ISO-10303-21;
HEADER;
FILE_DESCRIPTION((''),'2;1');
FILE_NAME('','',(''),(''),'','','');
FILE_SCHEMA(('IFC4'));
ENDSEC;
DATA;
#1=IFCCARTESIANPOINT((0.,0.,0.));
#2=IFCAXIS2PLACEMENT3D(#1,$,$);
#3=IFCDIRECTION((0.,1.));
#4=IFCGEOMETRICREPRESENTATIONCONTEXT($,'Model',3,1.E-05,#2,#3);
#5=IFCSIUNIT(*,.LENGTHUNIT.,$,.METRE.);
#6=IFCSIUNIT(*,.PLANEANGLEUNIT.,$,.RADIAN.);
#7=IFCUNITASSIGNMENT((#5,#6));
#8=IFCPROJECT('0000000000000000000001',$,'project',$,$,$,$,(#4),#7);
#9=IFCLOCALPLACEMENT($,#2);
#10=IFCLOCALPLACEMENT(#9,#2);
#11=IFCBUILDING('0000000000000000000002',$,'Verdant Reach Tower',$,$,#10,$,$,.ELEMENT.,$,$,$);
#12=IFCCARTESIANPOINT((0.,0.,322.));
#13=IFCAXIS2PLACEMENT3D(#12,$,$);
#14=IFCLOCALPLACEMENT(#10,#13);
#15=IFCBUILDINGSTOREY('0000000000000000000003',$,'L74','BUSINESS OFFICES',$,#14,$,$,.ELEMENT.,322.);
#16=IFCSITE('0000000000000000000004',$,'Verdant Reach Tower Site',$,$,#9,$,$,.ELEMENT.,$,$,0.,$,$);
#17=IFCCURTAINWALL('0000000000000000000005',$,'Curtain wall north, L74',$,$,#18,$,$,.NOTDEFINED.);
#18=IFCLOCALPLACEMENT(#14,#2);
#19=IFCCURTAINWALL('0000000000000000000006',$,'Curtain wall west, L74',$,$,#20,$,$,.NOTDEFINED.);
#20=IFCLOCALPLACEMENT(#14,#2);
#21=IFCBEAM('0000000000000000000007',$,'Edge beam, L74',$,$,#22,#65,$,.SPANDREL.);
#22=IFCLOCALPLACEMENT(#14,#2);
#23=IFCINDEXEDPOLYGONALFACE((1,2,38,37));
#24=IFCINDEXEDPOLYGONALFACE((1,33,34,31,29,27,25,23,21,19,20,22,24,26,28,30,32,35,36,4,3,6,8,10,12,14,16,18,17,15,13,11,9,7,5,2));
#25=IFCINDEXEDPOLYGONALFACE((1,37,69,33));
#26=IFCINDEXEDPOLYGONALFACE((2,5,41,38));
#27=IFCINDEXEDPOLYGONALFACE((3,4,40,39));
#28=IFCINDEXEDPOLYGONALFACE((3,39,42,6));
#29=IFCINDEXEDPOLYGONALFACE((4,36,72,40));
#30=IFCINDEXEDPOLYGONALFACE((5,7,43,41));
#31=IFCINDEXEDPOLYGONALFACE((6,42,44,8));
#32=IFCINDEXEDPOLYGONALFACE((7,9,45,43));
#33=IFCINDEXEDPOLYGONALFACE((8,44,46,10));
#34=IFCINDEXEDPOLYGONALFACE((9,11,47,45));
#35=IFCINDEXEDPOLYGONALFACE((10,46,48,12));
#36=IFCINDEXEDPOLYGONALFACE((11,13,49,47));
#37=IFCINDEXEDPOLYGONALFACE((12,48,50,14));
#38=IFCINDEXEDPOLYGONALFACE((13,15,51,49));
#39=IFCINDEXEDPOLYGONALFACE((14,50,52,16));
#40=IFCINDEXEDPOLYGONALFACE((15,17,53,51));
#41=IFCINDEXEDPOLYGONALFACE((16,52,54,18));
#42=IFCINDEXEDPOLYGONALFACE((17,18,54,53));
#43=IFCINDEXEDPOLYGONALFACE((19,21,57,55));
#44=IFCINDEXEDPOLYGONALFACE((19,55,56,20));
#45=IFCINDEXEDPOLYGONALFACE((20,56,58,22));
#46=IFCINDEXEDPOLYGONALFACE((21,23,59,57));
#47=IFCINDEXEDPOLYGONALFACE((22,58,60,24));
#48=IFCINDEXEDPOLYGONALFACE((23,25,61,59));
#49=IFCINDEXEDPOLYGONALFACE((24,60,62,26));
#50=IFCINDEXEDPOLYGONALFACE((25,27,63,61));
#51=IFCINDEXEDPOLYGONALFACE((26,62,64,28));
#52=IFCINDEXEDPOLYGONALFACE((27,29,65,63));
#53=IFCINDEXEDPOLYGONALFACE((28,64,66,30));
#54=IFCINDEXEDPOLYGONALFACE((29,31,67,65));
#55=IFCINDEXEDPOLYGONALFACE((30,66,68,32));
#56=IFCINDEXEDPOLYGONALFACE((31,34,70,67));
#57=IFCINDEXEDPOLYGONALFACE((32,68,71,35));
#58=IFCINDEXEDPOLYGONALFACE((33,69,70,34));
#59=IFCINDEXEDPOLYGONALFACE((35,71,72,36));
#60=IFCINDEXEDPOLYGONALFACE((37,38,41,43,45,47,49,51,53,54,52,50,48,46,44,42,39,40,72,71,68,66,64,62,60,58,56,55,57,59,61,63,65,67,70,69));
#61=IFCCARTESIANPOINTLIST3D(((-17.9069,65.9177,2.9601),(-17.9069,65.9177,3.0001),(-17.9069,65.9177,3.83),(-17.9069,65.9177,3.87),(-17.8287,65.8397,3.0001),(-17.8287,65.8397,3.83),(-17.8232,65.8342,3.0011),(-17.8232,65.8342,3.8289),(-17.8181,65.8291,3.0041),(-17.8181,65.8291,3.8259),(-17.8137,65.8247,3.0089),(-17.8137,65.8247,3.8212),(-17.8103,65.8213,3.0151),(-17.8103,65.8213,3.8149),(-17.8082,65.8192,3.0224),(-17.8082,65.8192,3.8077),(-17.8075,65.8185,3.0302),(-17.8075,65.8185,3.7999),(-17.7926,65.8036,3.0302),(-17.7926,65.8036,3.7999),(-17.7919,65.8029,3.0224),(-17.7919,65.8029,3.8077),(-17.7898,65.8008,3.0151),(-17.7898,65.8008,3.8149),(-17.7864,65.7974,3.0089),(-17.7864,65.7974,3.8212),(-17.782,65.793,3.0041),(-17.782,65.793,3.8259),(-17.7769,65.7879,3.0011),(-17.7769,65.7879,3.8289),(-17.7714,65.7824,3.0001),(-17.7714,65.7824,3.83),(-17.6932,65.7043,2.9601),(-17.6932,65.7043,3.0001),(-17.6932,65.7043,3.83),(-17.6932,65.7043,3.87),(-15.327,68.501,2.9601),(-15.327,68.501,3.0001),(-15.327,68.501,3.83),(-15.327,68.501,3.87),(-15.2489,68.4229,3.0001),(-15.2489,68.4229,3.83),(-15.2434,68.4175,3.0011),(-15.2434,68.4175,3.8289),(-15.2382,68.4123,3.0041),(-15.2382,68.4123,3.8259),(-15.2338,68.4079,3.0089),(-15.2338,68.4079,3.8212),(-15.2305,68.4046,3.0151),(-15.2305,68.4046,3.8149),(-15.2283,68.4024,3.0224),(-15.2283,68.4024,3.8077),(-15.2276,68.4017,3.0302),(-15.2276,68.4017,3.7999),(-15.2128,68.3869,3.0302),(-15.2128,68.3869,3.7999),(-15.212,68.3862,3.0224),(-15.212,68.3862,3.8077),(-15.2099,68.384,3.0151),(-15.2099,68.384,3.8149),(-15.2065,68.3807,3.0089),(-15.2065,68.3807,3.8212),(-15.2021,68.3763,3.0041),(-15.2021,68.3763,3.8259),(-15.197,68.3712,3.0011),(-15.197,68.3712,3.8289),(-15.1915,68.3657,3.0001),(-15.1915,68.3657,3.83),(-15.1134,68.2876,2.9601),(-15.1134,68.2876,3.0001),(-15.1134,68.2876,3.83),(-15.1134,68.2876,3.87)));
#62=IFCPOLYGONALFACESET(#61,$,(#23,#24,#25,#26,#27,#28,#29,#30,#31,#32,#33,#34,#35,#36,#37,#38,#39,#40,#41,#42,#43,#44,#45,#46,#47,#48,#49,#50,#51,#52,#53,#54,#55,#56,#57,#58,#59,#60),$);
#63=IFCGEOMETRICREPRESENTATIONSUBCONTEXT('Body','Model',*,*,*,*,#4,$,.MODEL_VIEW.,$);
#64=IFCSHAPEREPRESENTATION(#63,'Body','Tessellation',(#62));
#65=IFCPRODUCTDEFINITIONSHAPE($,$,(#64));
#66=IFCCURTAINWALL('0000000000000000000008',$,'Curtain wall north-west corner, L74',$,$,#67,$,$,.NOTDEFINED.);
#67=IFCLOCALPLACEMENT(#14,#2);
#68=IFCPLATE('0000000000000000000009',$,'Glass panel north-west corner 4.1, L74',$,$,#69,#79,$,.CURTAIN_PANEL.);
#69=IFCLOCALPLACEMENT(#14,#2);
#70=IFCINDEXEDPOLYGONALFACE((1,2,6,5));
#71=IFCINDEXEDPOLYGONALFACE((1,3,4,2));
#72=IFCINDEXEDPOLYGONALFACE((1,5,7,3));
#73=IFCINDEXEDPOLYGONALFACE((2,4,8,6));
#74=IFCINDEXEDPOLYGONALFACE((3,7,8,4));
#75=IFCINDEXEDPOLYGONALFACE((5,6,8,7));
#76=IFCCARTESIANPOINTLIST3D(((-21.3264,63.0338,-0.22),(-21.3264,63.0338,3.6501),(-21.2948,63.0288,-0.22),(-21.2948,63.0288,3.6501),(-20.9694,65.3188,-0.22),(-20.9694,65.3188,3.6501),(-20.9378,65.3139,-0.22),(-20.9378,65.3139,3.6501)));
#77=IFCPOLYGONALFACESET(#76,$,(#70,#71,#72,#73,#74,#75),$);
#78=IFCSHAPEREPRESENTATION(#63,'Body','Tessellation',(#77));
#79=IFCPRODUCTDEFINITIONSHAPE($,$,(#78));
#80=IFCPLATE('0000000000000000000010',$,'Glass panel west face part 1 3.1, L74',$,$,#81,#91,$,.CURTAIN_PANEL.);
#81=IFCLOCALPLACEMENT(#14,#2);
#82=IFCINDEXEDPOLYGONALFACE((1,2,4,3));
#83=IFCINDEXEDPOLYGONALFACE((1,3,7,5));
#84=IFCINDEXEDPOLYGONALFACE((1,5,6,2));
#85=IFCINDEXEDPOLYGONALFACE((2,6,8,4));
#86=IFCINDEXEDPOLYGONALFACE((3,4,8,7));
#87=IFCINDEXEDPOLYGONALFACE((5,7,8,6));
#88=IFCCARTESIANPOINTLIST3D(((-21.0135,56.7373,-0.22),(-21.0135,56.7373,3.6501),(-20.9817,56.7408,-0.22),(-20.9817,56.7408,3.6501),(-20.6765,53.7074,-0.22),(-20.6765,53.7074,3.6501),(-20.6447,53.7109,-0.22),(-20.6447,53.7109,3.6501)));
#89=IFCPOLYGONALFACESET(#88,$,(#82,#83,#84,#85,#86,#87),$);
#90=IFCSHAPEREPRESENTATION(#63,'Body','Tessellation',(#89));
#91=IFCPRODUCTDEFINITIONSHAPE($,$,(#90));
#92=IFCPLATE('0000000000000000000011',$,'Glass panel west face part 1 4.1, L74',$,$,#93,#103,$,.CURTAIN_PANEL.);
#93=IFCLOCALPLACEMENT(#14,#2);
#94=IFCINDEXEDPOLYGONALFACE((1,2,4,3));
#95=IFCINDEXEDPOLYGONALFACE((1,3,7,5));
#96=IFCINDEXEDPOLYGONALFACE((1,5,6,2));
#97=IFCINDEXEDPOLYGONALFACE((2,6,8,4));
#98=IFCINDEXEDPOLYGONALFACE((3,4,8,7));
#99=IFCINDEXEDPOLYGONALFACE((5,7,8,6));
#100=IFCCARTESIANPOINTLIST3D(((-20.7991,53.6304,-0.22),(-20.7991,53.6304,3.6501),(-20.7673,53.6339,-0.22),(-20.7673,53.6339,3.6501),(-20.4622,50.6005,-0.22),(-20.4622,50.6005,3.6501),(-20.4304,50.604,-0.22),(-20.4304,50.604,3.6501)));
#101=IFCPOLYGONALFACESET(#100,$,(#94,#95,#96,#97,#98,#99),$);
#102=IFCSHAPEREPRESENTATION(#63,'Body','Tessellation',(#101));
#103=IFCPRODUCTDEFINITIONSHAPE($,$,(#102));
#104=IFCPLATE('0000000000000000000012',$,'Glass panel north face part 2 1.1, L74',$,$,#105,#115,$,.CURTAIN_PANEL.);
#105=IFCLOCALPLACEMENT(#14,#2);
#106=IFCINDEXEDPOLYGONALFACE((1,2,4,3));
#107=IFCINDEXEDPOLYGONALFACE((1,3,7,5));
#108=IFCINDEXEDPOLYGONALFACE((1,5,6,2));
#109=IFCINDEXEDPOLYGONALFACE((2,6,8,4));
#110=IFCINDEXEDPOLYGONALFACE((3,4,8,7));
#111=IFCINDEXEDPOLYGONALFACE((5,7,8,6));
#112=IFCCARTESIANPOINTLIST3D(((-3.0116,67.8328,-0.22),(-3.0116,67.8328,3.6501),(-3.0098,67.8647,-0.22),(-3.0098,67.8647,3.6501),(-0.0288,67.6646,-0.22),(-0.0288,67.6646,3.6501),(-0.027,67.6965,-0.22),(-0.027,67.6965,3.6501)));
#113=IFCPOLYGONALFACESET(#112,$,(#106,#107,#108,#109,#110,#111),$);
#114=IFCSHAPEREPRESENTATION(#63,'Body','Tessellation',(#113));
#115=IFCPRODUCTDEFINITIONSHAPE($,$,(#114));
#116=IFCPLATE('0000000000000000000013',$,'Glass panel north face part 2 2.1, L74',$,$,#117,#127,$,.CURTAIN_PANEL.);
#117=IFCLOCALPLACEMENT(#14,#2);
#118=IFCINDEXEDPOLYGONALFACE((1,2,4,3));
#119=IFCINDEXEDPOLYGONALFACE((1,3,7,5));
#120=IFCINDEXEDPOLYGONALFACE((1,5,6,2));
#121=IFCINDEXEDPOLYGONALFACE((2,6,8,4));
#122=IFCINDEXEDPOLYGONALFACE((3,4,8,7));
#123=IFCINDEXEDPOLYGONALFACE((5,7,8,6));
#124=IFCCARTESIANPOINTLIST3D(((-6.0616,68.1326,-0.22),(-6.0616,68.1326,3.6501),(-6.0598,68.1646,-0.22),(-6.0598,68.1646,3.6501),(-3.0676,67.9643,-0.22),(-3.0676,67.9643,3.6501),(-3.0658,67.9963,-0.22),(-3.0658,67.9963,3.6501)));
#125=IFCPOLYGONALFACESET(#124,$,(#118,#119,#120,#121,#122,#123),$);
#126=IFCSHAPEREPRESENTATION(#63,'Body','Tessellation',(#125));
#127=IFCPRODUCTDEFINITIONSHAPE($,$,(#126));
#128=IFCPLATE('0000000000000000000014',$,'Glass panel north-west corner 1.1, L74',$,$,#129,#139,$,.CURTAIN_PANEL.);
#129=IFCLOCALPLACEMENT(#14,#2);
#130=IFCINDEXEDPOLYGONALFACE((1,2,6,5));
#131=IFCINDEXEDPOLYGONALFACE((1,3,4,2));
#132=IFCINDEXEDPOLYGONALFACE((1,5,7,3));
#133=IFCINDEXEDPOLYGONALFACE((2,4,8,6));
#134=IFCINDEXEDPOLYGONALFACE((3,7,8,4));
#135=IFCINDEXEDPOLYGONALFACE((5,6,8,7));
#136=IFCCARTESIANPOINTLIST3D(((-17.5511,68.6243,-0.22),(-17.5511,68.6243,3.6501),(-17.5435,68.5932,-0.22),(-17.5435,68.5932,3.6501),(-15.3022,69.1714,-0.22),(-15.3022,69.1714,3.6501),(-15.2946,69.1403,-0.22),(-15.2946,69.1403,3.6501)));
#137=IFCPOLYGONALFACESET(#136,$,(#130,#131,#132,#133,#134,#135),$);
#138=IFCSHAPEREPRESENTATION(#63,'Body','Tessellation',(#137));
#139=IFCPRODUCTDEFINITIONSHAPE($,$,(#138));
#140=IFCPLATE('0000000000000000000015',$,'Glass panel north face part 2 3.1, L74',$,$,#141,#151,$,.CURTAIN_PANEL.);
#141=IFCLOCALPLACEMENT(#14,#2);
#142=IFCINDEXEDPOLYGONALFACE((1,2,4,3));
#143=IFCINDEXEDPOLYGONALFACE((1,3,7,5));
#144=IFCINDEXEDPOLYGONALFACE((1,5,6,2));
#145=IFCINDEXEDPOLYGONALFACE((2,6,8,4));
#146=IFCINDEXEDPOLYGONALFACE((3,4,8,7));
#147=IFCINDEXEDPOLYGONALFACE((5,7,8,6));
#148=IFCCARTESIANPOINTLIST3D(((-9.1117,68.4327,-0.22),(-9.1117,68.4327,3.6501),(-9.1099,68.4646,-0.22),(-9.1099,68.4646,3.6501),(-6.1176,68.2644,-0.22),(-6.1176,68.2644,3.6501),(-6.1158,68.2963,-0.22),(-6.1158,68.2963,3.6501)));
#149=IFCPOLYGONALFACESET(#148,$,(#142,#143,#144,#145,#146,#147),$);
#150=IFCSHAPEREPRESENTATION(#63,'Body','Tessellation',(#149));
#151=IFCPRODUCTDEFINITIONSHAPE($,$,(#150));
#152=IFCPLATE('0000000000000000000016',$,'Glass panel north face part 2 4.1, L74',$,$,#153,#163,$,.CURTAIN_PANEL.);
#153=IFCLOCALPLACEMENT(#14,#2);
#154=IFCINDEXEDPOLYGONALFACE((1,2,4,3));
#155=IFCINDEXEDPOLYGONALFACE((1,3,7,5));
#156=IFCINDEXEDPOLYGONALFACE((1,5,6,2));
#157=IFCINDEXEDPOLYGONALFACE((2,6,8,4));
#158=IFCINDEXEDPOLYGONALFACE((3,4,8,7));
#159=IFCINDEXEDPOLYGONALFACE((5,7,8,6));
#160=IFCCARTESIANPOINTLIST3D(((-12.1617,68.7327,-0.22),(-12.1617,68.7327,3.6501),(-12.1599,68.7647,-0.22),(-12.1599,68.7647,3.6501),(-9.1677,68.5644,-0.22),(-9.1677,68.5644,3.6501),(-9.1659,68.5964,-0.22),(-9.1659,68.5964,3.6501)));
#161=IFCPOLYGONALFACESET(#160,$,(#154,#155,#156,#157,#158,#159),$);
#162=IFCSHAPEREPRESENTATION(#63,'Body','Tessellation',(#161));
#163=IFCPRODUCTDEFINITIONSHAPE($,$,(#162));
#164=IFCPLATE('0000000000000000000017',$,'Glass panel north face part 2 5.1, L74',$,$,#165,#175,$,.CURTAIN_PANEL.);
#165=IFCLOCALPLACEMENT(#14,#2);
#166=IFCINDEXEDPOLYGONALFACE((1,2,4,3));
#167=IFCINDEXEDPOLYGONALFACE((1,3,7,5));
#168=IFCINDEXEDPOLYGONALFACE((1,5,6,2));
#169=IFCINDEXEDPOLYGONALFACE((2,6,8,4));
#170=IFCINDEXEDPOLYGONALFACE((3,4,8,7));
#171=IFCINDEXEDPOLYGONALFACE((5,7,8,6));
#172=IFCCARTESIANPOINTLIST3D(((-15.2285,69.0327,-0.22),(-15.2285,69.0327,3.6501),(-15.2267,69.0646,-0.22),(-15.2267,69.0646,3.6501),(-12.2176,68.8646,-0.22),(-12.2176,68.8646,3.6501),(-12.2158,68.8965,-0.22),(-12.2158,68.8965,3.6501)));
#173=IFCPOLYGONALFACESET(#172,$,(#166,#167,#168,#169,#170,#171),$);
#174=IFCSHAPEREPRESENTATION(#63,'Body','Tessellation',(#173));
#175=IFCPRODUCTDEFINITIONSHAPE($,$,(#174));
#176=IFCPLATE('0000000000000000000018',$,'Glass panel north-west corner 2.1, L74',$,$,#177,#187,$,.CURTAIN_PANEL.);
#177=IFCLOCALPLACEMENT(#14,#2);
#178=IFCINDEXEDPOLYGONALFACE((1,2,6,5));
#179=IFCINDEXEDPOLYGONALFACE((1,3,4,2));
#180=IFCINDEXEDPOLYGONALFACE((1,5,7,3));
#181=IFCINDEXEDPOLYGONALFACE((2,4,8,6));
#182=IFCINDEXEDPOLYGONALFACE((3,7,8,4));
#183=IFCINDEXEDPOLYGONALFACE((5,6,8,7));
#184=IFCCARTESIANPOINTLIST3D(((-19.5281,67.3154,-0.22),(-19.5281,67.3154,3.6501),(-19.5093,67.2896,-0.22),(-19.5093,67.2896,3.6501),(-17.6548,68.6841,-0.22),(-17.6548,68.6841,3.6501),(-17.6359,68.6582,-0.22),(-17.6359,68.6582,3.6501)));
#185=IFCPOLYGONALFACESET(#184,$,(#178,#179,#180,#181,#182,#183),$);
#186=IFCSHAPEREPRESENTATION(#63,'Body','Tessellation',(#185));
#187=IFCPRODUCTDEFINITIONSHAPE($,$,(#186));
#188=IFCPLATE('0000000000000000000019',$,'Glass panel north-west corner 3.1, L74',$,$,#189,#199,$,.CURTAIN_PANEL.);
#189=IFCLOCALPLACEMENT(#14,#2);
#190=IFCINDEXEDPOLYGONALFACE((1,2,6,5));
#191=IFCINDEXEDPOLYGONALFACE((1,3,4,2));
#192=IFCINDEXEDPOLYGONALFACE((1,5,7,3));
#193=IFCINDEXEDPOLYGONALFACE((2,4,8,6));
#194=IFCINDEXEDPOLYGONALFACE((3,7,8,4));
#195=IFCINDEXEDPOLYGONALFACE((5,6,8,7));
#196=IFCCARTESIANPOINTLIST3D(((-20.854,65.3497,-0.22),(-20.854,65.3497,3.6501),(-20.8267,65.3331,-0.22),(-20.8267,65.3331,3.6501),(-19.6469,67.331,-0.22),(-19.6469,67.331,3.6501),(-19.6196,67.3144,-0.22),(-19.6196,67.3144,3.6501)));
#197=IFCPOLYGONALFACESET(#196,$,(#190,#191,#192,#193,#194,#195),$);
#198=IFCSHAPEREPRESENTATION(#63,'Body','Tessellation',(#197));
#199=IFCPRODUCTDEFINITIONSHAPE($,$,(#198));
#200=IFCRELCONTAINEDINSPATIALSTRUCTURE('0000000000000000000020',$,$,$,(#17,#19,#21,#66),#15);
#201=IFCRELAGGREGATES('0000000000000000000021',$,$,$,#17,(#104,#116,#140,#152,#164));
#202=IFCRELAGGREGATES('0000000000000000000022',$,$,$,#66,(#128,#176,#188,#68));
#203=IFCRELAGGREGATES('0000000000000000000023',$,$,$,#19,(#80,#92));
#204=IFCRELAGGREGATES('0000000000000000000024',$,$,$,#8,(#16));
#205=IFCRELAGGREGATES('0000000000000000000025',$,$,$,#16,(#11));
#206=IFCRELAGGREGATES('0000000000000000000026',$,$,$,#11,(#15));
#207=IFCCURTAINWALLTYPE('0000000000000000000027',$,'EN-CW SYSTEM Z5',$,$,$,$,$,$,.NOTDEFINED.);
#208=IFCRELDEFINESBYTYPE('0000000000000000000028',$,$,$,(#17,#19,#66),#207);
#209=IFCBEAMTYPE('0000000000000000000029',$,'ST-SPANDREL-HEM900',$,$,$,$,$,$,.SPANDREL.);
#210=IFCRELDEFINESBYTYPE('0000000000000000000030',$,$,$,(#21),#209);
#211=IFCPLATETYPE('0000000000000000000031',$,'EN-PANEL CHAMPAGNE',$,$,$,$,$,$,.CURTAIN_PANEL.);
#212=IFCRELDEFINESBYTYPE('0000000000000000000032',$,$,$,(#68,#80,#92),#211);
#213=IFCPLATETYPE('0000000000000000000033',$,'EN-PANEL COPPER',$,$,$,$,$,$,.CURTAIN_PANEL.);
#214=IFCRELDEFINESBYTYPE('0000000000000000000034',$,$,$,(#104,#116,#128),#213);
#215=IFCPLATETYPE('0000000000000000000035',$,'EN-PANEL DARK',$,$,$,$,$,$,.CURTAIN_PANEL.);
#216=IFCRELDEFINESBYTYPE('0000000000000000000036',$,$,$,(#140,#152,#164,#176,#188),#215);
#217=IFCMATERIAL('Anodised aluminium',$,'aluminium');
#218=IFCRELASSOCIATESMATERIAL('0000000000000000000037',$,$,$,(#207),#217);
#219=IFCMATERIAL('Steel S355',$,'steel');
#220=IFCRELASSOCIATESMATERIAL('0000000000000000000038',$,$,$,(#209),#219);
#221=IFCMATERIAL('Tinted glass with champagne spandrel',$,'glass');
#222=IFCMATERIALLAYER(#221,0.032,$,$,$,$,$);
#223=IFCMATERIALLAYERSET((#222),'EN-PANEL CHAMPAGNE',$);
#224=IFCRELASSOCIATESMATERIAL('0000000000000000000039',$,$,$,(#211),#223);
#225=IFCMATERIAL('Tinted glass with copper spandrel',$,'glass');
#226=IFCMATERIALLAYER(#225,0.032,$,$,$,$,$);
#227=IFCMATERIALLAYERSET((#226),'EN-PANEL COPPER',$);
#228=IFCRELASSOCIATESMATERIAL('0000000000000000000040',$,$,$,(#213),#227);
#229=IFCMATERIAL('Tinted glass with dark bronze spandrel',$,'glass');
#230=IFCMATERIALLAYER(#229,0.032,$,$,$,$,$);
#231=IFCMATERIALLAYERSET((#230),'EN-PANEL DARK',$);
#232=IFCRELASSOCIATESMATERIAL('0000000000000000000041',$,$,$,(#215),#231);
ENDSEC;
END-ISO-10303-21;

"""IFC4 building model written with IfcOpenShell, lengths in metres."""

from ifc_helpers import new_model, si_unit, direction, frame, origin, origin_2d, place, context, subcontext, project, spatial, rectangle, i_section, extrude, material, layer, layer_set, material_profile, profile_set, type_object, element, aggregate, save


model = new_model("IFC4")

# Units and contexts
model_context = context("Model", 3, precision=1e-05, world=origin(), true_north=direction((0.0, 1.0)))
body_context = subcontext(model_context, "Body", "Model", "MODEL_VIEW")
ifc_project = project(units=[si_unit("LENGTHUNIT", "METRE"), si_unit("PLANEANGLEUNIT", "RADIAN")], contexts=[model_context])

# Site, building, storey
site_placement = place(None, origin())
site = spatial("IfcSite", under=ifc_project, at=site_placement, Name="Verdant Reach Tower Site", CompositionType="ELEMENT", RefElevation=0.0)
building_placement = place(site_placement, origin())
building = spatial("IfcBuilding", under=site, at=building_placement, Name="Verdant Reach Tower", CompositionType="ELEMENT")
storey_placement = place(building_placement, frame((0.0, 0.0, 322.0)))
storey = spatial("IfcBuildingStorey", under=building, at=storey_placement, Name="L74", Description="BUSINESS OFFICES", CompositionType="ELEMENT", Elevation=322.0)

# Curtain walls
ifc_material_1 = material(Name="Anodised aluminium", Category="aluminium")
curtain_wall_type = type_object("IfcCurtainWallType", Name="EN-CW SYSTEM Z5", PredefinedType="NOTDEFINED", material=ifc_material_1)
curtain_wall_1_placement = place(storey_placement, origin())
curtain_wall_1 = element("IfcCurtainWall", 1, at=curtain_wall_1_placement, inside=storey, type_object=curtain_wall_type, Name="Curtain wall north, L74", PredefinedType="NOTDEFINED")
curtain_wall_2_placement = place(storey_placement, origin())
curtain_wall_2 = element("IfcCurtainWall", 2, at=curtain_wall_2_placement, inside=storey, type_object=curtain_wall_type, Name="Curtain wall west, L74", PredefinedType="NOTDEFINED")

# Beam
ifc_material_2 = material(Name="Steel S355", Category="steel")
ifc_material_profile_1 = material_profile(ifc_material_2, i_section(OverallWidth=0.302, OverallDepth=0.9099, WebThickness=0.021, FlangeThickness=0.04, FilletRadius=0.03, at=origin_2d()), Name="HEM 900")
ifc_profile_set_1 = profile_set([ifc_material_profile_1], Name="Steel S355")
beam_type_1 = type_object("IfcBeamType", Name="ST-SPANDREL-HEM900", PredefinedType="SPANDREL", material=ifc_profile_set_1)
beam_1_placement = place(storey_placement, frame((-17.8, 65.811, 3.415), z_axis=(0.706639, 0.707575, 0.0), x_axis=(-0.707575, 0.706639, 0.0)))
element("IfcBeam", 3, at=beam_1_placement, inside=storey, type_object=beam_type_1, Name="Edge beam, L74", PredefinedType="SPANDREL", context=body_context, shape_type="SweptSolid", body=[
    extrude(i_section(OverallWidth=0.302, OverallDepth=0.9099, WebThickness=0.021, FlangeThickness=0.04, FilletRadius=0.03, at=origin_2d()), origin(), (0.0, 0.0, 1.0), 3.6509),
])

# Curtain wall, plate
curtain_wall_3_placement = place(storey_placement, origin())
curtain_wall_3 = element("IfcCurtainWall", 4, at=curtain_wall_3_placement, inside=storey, type_object=curtain_wall_type, Name="Curtain wall north-west corner, L74", PredefinedType="NOTDEFINED")
ifc_material_3 = material(Name="Tinted glass with champagne spandrel", Category="glass")
ifc_layer_1 = layer(ifc_material_3, 0.032)
ifc_layer_set_1 = layer_set([ifc_layer_1], Name="EN-PANEL CHAMPAGNE")
plate_type_1 = type_object("IfcPlateType", Name="EN-PANEL CHAMPAGNE", PredefinedType="CURTAIN_PANEL", material=ifc_layer_set_1)
plate_1_placement = place(storey_placement, frame((-21.1321, 64.1738, -0.22), z_axis=(0.0, 0.0, 1.0), x_axis=(-0.154337, -0.988018, 0.0)))
plate_1 = element("IfcPlate", 5, at=plate_1_placement, type_object=plate_type_1, Name="Glass panel north-west corner 4.1, L74", PredefinedType="CURTAIN_PANEL", context=body_context, shape_type="SweptSolid", body=[
    extrude(rectangle(XDim=2.3127, YDim=0.032, at=origin_2d()), origin(), (0.0, 0.0, 1.0), 3.8701),
])

# Plates
plate_2_placement = place(storey_placement, frame((-20.8291, 55.2241, -0.22), z_axis=(0.0, 0.0, 1.0), x_axis=(0.110518, -0.993874, 0.0)))
plate_2 = element("IfcPlate", 6, at=plate_2_placement, type_object=plate_type_1, Name="Glass panel west face part 1 3.1, L74", PredefinedType="CURTAIN_PANEL", context=body_context, shape_type="SweptSolid", body=[
    extrude(rectangle(XDim=3.0486, YDim=0.032, at=origin_2d()), origin(), (0.0, 0.0, 1.0), 3.8701),
])
plate_3_placement = place(storey_placement, frame((-20.6147, 52.1172, -0.22), z_axis=(0.0, 0.0, 1.0), x_axis=(0.110518, -0.993874, 0.0)))
plate_3 = element("IfcPlate", 7, at=plate_3_placement, type_object=plate_type_1, Name="Glass panel west face part 1 4.1, L74", PredefinedType="CURTAIN_PANEL", context=body_context, shape_type="SweptSolid", body=[
    extrude(rectangle(XDim=3.0486, YDim=0.032, at=origin_2d()), origin(), (0.0, 0.0, 1.0), 3.8701),
])
ifc_material_4 = material(Name="Tinted glass with copper spandrel", Category="glass")
ifc_layer_2 = layer(ifc_material_4, 0.032)
ifc_layer_set_2 = layer_set([ifc_layer_2], Name="EN-PANEL COPPER")
plate_type_2 = type_object("IfcPlateType", Name="EN-PANEL COPPER", PredefinedType="CURTAIN_PANEL", material=ifc_layer_set_2)
plate_4_placement = place(storey_placement, frame((-1.5193, 67.7646, -0.22), z_axis=(0.0, 0.0, 1.0), x_axis=(-0.998413, 0.056308, 0.0)))
plate_4 = element("IfcPlate", 8, at=plate_4_placement, type_object=plate_type_2, Name="Glass panel north face part 2 1.1, L74", PredefinedType="CURTAIN_PANEL", context=body_context, shape_type="SweptSolid", body=[
    extrude(rectangle(XDim=2.9875, YDim=0.032, at=origin_2d()), origin(), (0.0, 0.0, 1.0), 3.8701),
])
plate_5_placement = place(storey_placement, frame((-4.5637, 68.0645, -0.22), z_axis=(0.0, 0.0, 1.0), x_axis=(-0.998424, 0.056128, 0.0)))
plate_5 = element("IfcPlate", 9, at=plate_5_placement, type_object=plate_type_2, Name="Glass panel north face part 2 2.1, L74", PredefinedType="CURTAIN_PANEL", context=body_context, shape_type="SweptSolid", body=[
    extrude(rectangle(XDim=2.9988, YDim=0.032, at=origin_2d()), origin(), (0.0, 0.0, 1.0), 3.8701),
])
plate_6_placement = place(storey_placement, frame((-16.4229, 68.8823, -0.22), z_axis=(0.0, 0.0, 1.0), x_axis=(-0.971662, -0.236376, 0.0)))
plate_6 = element("IfcPlate", 10, at=plate_6_placement, type_object=plate_type_2, Name="Glass panel north-west corner 1.1, L74", PredefinedType="CURTAIN_PANEL", context=body_context, shape_type="SweptSolid", body=[
    extrude(rectangle(XDim=2.3145, YDim=0.032, at=origin_2d()), origin(), (0.0, 0.0, 1.0), 3.8701),
])
ifc_material_5 = material(Name="Tinted glass with dark bronze spandrel", Category="glass")
ifc_layer_3 = layer(ifc_material_5, 0.032)
ifc_layer_set_3 = layer_set([ifc_layer_3], Name="EN-PANEL DARK")
plate_type_3 = type_object("IfcPlateType", Name="EN-PANEL DARK", PredefinedType="CURTAIN_PANEL", material=ifc_layer_set_3)
plate_7_placement = place(storey_placement, frame((-7.6138, 68.3645, -0.22), z_axis=(0.0, 0.0, 1.0), x_axis=(-0.998424, 0.056128, 0.0)))
plate_7 = element("IfcPlate", 11, at=plate_7_placement, type_object=plate_type_3, Name="Glass panel north face part 2 3.1, L74", PredefinedType="CURTAIN_PANEL", context=body_context, shape_type="SweptSolid", body=[
    extrude(rectangle(XDim=2.9988, YDim=0.032, at=origin_2d()), origin(), (0.0, 0.0, 1.0), 3.8701),
])
plate_8_placement = place(storey_placement, frame((-10.6638, 68.6646, -0.22), z_axis=(0.0, 0.0, 1.0), x_axis=(-0.998424, 0.056128, 0.0)))
plate_8 = element("IfcPlate", 12, at=plate_8_placement, type_object=plate_type_3, Name="Glass panel north face part 2 4.1, L74", PredefinedType="CURTAIN_PANEL", context=body_context, shape_type="SweptSolid", body=[
    extrude(rectangle(XDim=2.9988, YDim=0.032, at=origin_2d()), origin(), (0.0, 0.0, 1.0), 3.8701),
])
plate_9_placement = place(storey_placement, frame((-13.7222, 68.9646, -0.22), z_axis=(0.0, 0.0, 1.0), x_axis=(-0.998446, 0.055725, 0.0)))
plate_9 = element("IfcPlate", 13, at=plate_9_placement, type_object=plate_type_3, Name="Glass panel north face part 2 5.1, L74", PredefinedType="CURTAIN_PANEL", context=body_context, shape_type="SweptSolid", body=[
    extrude(rectangle(XDim=3.0156, YDim=0.032, at=origin_2d()), origin(), (0.0, 0.0, 1.0), 3.8701),
])
aggregate(curtain_wall_1, [plate_4, plate_5, plate_7, plate_8, plate_9])
plate_10_placement = place(storey_placement, frame((-18.582, 67.9868, -0.22), z_axis=(0.0, 0.0, 1.0), x_axis=(-0.807457, -0.589927, 0.0)))
plate_10 = element("IfcPlate", 14, at=plate_10_placement, type_object=plate_type_3, Name="Glass panel north-west corner 2.1, L74", PredefinedType="CURTAIN_PANEL", context=body_context, shape_type="SweptSolid", body=[
    extrude(rectangle(XDim=2.3201, YDim=0.032, at=origin_2d()), origin(), (0.0, 0.0, 1.0), 3.8701),
])
plate_11_placement = place(storey_placement, frame((-20.2368, 66.332, -0.22), z_axis=(0.0, 0.0, 1.0), x_axis=(-0.520292, -0.853989, 0.0)))
plate_11 = element("IfcPlate", 15, at=plate_11_placement, type_object=plate_type_3, Name="Glass panel north-west corner 3.1, L74", PredefinedType="CURTAIN_PANEL", context=body_context, shape_type="SweptSolid", body=[
    extrude(rectangle(XDim=2.3201, YDim=0.032, at=origin_2d()), origin(), (0.0, 0.0, 1.0), 3.8701),
])
aggregate(curtain_wall_3, [plate_6, plate_10, plate_11, plate_1])
aggregate(curtain_wall_2, [plate_2, plate_3])

save(model, "model.ifc")
